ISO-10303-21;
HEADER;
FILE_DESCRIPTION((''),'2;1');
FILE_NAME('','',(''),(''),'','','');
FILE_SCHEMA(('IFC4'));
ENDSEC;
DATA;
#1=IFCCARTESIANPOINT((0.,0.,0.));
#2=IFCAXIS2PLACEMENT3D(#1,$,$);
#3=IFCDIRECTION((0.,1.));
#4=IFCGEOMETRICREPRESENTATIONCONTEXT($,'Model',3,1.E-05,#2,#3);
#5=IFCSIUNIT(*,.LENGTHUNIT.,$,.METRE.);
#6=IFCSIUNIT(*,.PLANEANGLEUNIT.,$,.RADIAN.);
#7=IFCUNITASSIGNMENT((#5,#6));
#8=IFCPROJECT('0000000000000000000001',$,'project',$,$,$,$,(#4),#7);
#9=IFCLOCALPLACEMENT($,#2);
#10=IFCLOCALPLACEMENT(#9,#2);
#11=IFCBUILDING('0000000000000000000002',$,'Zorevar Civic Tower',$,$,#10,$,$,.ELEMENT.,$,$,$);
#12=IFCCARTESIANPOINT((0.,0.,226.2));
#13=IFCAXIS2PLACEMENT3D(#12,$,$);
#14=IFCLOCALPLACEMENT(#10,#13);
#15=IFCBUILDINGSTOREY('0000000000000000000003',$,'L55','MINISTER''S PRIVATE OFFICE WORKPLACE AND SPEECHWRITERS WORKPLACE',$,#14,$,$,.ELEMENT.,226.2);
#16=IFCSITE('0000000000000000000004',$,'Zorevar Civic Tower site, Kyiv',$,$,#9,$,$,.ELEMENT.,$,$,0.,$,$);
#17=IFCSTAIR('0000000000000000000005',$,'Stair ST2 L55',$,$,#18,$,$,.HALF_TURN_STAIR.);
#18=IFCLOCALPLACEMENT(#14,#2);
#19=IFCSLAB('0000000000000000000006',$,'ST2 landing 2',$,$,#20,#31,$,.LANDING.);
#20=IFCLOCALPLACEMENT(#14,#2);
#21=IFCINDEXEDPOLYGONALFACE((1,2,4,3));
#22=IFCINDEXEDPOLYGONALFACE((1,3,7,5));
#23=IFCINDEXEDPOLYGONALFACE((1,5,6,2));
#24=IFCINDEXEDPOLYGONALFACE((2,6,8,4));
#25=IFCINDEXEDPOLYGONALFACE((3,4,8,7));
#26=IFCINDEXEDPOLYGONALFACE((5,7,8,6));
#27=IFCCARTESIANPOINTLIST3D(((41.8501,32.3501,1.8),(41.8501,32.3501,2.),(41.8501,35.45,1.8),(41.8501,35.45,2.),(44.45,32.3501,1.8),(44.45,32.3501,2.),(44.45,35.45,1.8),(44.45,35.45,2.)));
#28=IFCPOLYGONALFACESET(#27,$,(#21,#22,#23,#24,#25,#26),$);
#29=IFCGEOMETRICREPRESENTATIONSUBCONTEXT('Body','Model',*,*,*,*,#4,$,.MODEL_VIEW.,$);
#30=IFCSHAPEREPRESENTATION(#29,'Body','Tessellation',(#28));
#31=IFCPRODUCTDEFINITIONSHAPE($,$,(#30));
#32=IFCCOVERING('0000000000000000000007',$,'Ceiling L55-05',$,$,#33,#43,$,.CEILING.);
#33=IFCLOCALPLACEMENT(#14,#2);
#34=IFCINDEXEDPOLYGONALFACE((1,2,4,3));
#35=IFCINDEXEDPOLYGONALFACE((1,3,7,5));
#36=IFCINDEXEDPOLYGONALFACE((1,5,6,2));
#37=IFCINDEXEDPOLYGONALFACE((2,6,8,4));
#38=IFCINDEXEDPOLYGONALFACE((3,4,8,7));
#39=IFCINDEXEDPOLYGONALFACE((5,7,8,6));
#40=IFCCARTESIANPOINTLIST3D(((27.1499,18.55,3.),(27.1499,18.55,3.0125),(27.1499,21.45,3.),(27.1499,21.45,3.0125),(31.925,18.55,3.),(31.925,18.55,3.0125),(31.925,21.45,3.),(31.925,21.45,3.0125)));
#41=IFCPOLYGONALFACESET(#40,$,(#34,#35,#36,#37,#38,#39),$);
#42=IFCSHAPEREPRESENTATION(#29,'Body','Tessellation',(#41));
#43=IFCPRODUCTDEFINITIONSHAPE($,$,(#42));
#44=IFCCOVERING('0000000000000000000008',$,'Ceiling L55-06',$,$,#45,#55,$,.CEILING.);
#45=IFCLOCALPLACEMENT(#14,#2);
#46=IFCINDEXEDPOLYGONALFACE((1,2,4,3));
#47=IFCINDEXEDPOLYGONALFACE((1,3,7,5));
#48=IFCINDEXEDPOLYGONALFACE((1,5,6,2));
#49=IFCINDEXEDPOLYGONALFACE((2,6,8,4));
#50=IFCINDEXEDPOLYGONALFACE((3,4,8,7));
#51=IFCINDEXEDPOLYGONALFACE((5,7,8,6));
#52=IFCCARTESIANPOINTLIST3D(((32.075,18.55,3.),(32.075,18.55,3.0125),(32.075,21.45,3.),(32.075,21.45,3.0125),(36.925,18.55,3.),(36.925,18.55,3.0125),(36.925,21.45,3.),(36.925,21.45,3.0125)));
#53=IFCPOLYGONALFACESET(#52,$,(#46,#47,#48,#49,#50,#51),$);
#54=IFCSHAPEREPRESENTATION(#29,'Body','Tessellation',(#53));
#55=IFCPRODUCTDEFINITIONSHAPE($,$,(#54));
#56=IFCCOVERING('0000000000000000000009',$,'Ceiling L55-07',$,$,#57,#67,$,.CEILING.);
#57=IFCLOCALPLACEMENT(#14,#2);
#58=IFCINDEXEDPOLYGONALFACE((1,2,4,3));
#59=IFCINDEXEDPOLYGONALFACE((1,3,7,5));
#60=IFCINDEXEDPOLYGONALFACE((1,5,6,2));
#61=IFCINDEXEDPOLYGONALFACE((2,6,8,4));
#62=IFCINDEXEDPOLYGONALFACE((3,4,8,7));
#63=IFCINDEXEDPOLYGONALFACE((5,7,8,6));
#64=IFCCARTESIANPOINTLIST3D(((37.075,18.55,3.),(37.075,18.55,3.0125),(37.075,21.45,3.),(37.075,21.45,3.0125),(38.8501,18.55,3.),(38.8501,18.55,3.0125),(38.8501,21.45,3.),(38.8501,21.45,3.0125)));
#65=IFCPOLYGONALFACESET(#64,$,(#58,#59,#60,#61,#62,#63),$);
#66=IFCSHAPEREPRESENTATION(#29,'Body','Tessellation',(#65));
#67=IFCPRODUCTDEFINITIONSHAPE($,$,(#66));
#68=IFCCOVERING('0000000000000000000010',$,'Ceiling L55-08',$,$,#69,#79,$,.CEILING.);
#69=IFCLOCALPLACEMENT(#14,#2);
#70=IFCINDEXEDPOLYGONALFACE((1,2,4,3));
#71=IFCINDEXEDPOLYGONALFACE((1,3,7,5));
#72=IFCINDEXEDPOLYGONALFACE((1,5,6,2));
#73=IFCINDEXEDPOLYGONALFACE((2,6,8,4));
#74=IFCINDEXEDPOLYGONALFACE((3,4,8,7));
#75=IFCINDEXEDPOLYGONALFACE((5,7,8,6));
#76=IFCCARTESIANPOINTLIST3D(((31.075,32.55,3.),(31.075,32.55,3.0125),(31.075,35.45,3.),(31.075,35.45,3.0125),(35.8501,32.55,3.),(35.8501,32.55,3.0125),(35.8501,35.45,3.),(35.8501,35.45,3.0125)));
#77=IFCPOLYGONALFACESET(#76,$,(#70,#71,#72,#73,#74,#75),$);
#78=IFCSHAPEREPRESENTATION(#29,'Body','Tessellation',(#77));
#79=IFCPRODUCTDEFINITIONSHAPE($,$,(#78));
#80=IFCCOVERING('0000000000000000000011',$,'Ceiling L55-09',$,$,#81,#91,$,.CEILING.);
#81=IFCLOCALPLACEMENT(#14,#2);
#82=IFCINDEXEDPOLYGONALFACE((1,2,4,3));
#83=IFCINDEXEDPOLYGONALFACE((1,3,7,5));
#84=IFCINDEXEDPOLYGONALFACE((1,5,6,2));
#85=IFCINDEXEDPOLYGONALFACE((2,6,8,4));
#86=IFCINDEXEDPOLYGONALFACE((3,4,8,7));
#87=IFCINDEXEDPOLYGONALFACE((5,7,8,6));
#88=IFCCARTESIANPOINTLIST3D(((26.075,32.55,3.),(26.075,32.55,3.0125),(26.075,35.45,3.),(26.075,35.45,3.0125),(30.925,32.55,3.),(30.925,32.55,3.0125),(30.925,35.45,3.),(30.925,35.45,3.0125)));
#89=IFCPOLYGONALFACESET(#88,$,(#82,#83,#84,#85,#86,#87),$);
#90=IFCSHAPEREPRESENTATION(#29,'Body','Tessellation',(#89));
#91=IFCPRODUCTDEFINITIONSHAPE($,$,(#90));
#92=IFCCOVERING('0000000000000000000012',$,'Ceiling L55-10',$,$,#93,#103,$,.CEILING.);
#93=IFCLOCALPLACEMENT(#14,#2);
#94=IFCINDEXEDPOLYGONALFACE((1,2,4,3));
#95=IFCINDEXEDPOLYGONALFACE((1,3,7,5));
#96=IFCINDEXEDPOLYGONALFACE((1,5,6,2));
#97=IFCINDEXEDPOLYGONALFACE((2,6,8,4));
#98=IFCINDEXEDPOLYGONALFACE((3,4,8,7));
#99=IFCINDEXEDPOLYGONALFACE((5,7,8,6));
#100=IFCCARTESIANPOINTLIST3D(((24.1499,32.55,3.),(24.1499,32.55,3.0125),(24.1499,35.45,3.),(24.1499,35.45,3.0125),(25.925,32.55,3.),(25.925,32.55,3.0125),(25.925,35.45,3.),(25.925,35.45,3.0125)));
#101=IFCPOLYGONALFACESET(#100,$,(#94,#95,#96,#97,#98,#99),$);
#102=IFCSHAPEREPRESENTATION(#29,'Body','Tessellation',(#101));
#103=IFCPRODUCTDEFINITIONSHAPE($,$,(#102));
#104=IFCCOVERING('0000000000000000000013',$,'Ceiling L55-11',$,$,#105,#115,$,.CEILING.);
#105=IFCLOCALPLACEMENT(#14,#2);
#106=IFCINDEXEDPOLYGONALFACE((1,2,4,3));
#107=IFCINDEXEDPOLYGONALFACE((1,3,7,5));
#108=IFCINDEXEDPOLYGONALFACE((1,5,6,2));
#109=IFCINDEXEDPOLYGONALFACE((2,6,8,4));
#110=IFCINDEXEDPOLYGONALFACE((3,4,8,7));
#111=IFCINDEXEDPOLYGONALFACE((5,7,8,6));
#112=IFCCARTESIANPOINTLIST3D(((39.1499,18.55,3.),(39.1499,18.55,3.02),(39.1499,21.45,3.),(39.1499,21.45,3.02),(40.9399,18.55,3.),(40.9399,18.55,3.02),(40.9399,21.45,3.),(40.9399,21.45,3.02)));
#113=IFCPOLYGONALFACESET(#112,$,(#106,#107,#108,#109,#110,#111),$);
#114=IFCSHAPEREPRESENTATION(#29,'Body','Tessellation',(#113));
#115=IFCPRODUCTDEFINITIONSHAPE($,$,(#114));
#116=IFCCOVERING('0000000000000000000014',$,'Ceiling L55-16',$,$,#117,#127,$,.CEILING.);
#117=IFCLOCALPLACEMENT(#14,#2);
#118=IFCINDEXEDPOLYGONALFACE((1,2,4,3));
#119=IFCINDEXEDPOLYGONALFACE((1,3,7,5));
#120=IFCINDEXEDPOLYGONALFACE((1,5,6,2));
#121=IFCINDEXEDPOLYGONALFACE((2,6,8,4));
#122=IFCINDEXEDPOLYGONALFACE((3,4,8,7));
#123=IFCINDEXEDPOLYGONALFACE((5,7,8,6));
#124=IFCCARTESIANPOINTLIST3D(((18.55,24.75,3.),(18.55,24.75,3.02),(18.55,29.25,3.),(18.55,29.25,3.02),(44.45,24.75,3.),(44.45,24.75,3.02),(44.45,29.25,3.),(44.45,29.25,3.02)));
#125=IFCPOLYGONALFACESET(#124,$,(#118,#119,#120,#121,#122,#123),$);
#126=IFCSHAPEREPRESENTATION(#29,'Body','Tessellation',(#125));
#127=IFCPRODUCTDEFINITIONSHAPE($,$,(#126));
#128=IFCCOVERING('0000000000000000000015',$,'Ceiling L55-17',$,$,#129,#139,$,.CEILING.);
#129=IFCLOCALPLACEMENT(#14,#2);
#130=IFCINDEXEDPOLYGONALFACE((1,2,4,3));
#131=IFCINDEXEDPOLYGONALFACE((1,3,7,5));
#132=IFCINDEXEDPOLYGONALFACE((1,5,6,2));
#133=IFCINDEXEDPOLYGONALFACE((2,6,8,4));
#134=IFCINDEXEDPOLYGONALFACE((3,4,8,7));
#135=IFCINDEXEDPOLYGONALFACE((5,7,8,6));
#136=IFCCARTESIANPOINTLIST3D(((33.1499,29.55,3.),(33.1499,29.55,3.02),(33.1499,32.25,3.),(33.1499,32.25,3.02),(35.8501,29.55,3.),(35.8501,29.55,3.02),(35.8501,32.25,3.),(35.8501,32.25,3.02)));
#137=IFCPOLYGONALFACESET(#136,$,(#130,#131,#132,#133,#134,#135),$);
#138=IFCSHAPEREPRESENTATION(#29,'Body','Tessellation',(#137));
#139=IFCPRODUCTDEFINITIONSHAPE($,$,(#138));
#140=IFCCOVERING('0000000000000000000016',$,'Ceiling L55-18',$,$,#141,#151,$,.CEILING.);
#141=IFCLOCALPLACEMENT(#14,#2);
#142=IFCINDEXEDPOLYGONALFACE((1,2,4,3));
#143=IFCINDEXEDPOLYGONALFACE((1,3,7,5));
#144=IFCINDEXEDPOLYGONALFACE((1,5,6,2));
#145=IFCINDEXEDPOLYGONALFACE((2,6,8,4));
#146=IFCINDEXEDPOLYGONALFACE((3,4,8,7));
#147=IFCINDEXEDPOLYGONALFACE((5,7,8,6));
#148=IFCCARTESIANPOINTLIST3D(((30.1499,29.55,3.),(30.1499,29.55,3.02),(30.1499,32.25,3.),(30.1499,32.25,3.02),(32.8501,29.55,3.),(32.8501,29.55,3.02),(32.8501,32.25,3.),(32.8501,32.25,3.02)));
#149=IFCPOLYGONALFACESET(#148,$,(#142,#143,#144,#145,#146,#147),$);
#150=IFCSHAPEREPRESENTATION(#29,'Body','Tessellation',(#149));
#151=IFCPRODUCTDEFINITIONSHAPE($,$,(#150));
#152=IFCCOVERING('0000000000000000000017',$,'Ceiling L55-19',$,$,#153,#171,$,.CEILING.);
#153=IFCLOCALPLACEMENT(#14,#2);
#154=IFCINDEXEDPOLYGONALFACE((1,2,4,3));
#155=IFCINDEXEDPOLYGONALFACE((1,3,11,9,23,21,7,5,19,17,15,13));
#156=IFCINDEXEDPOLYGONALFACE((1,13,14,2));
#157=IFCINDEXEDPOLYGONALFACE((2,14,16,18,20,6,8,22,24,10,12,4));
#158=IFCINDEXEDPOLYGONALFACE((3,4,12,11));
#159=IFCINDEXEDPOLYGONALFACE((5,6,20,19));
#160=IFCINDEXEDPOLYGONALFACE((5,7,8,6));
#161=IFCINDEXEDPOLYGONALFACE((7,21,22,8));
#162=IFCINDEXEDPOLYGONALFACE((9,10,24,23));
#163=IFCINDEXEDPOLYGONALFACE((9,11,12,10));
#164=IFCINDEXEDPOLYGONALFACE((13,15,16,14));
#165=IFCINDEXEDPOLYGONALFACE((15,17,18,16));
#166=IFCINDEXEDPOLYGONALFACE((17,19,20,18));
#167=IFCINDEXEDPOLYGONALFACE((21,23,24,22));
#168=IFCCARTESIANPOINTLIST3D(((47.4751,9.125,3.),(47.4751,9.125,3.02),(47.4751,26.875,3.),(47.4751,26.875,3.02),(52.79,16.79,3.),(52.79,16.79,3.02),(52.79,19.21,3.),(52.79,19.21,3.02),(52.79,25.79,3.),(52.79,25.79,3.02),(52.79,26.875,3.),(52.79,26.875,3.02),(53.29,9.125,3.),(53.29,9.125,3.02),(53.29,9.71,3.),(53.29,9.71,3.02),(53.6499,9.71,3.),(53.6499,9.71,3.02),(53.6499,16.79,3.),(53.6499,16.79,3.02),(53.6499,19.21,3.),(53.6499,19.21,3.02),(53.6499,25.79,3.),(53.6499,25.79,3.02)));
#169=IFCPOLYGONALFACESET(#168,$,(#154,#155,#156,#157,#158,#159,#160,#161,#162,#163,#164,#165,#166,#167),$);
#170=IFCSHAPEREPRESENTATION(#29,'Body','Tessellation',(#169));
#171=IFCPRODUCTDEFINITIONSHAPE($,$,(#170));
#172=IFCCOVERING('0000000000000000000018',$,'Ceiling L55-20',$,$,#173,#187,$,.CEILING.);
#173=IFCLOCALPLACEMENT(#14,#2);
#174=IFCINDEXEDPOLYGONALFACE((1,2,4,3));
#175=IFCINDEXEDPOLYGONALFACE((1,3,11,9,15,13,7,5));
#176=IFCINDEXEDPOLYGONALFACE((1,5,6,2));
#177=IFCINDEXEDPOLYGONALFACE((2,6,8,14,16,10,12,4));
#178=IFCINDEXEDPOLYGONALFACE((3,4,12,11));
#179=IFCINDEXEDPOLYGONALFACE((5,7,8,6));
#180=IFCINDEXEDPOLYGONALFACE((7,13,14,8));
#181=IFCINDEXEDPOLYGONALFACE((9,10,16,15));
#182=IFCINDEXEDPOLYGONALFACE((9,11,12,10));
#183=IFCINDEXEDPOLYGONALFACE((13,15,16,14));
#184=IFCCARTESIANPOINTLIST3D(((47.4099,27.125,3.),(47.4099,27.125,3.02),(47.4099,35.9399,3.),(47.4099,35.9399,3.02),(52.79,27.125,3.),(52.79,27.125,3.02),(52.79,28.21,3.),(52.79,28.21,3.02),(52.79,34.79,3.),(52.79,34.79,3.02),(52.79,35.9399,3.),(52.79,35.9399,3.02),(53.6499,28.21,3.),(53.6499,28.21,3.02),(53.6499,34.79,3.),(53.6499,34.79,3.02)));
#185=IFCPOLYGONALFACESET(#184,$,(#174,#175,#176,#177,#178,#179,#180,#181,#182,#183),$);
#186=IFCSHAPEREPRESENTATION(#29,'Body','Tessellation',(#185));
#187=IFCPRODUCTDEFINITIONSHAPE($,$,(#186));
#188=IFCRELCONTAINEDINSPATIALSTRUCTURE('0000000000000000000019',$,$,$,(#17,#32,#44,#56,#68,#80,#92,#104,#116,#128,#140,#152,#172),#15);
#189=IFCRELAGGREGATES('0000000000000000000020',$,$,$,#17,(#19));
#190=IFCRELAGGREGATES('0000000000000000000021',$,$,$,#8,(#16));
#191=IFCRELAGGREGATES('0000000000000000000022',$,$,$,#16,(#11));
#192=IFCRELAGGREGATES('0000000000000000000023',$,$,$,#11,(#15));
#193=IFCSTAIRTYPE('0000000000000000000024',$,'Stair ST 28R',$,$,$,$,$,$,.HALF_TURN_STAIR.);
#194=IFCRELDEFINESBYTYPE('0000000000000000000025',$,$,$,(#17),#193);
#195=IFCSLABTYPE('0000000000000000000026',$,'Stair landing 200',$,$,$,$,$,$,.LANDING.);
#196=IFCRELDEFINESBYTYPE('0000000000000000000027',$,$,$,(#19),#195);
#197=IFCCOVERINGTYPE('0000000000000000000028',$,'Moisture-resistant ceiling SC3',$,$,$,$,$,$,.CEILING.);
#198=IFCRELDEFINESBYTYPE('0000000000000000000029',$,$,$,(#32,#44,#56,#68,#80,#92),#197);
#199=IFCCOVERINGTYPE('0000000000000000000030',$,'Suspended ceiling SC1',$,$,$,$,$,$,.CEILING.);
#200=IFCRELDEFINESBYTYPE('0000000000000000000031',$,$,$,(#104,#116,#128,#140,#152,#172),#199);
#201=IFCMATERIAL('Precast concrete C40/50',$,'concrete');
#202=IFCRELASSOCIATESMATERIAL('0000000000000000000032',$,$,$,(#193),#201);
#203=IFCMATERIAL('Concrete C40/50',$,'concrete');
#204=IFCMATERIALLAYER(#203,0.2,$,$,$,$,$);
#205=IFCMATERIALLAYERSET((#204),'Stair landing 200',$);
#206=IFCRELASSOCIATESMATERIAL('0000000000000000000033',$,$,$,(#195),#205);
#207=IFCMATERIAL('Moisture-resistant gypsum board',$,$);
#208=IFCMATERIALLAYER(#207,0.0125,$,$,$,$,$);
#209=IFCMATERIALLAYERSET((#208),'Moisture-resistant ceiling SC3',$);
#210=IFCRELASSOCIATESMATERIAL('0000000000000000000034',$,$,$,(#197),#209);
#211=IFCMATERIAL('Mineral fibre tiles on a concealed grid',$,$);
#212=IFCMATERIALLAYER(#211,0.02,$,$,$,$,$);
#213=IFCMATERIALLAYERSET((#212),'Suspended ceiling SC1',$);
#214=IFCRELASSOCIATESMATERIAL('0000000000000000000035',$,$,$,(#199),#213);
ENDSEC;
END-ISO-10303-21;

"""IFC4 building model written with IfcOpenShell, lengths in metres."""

from ifc_helpers import new_model, si_unit, direction, frame, origin, place, context, subcontext, project, spatial, polyline, outline, extrude, material, layer, layer_set, type_object, element, aggregate, save


model = new_model("IFC4")

# Units and contexts
model_context = context("Model", 3, precision=1e-05, world=origin(), true_north=direction((0.0, 1.0)))
body_context = subcontext(model_context, "Body", "Model", "MODEL_VIEW")
ifc_project = project(units=[si_unit("LENGTHUNIT", "METRE"), si_unit("PLANEANGLEUNIT", "RADIAN")], contexts=[model_context])

# Site, building, storey
site_placement = place(None, origin())
site = spatial("IfcSite", under=ifc_project, at=site_placement, Name="Zorevar Civic Tower site, Kyiv", CompositionType="ELEMENT", RefElevation=0.0)
building_placement = place(site_placement, origin())
building = spatial("IfcBuilding", under=site, at=building_placement, Name="Zorevar Civic Tower", CompositionType="ELEMENT")
storey_placement = place(building_placement, frame((0.0, 0.0, 226.2)))
storey = spatial("IfcBuildingStorey", under=building, at=storey_placement, Name="L55", Description="MINISTER'S PRIVATE OFFICE WORKPLACE AND SPEECHWRITERS WORKPLACE", CompositionType="ELEMENT", Elevation=226.2)

# Stair, slab
ifc_material_1 = material(Name="Precast concrete C40/50", Category="concrete")
stair_type = type_object("IfcStairType", Name="Stair ST 28R", PredefinedType="HALF_TURN_STAIR", material=ifc_material_1)
ifc_material_2 = material(Name="Concrete C40/50", Category="concrete")
ifc_layer_1 = layer(ifc_material_2, 0.2)
ifc_layer_set_1 = layer_set([ifc_layer_1], Name="Stair landing 200")
slab_type_1 = type_object("IfcSlabType", Name="Stair landing 200", PredefinedType="LANDING", material=ifc_layer_set_1)
stair_1_placement = place(storey_placement, origin())
stair_1 = element("IfcStair", 1, at=stair_1_placement, inside=storey, type_object=stair_type, Name="Stair ST2 L55", PredefinedType="HALF_TURN_STAIR")
slab_1_placement = place(storey_placement, frame((0.0, 0.0, 1.8)))
slab_1 = element("IfcSlab", 2, at=slab_1_placement, type_object=slab_type_1, Name="ST2 landing 2", PredefinedType="LANDING", context=body_context, shape_type="SweptSolid", body=[
    extrude(outline(polyline([(44.45, 32.3501), (41.8501, 32.3501), (41.8501, 35.45), (44.45, 35.45), (44.45, 32.3501)])), origin(), (0.0, 0.0, 1.0), 0.2),
])
aggregate(stair_1, [slab_1])

# Coverings
ifc_material_3 = material(Name="Moisture-resistant gypsum board")
ifc_layer_2 = layer(ifc_material_3, 0.0125)
ifc_layer_set_2 = layer_set([ifc_layer_2], Name="Moisture-resistant ceiling SC3")
covering_type_1 = type_object("IfcCoveringType", Name="Moisture-resistant ceiling SC3", PredefinedType="CEILING", material=ifc_layer_set_2)
covering_1_placement = place(storey_placement, frame((0.0, 0.0, 3.0)))
element("IfcCovering", 3, at=covering_1_placement, inside=storey, type_object=covering_type_1, Name="Ceiling L55-05", PredefinedType="CEILING", context=body_context, shape_type="SweptSolid", body=[
    extrude(outline(polyline([(31.925, 18.55), (31.925, 21.45), (27.1499, 21.45), (27.1499, 18.55), (31.925, 18.55)])), origin(), (0.0, 0.0, 1.0), 0.0125),
])
covering_2_placement = place(storey_placement, frame((0.0, 0.0, 3.0)))
element("IfcCovering", 4, at=covering_2_placement, inside=storey, type_object=covering_type_1, Name="Ceiling L55-06", PredefinedType="CEILING", context=body_context, shape_type="SweptSolid", body=[
    extrude(outline(polyline([(36.925, 18.55), (36.925, 21.45), (32.075, 21.45), (32.075, 18.55), (36.925, 18.55)])), origin(), (0.0, 0.0, 1.0), 0.0125),
])
covering_3_placement = place(storey_placement, frame((0.0, 0.0, 3.0)))
element("IfcCovering", 5, at=covering_3_placement, inside=storey, type_object=covering_type_1, Name="Ceiling L55-07", PredefinedType="CEILING", context=body_context, shape_type="SweptSolid", body=[
    extrude(outline(polyline([(38.8501, 18.55), (38.8501, 21.45), (37.075, 21.45), (37.075, 18.55), (38.8501, 18.55)])), origin(), (0.0, 0.0, 1.0), 0.0125),
])
covering_4_placement = place(storey_placement, frame((0.0, 0.0, 3.0)))
element("IfcCovering", 6, at=covering_4_placement, inside=storey, type_object=covering_type_1, Name="Ceiling L55-08", PredefinedType="CEILING", context=body_context, shape_type="SweptSolid", body=[
    extrude(outline(polyline([(35.8501, 32.55), (35.8501, 35.45), (31.075, 35.45), (31.075, 32.55), (35.8501, 32.55)])), origin(), (0.0, 0.0, 1.0), 0.0125),
])
covering_5_placement = place(storey_placement, frame((0.0, 0.0, 3.0)))
element("IfcCovering", 7, at=covering_5_placement, inside=storey, type_object=covering_type_1, Name="Ceiling L55-09", PredefinedType="CEILING", context=body_context, shape_type="SweptSolid", body=[
    extrude(outline(polyline([(30.925, 32.55), (30.925, 35.45), (26.075, 35.45), (26.075, 32.55), (30.925, 32.55)])), origin(), (0.0, 0.0, 1.0), 0.0125),
])
covering_6_placement = place(storey_placement, frame((0.0, 0.0, 3.0)))
element("IfcCovering", 8, at=covering_6_placement, inside=storey, type_object=covering_type_1, Name="Ceiling L55-10", PredefinedType="CEILING", context=body_context, shape_type="SweptSolid", body=[
    extrude(outline(polyline([(25.925, 32.55), (25.925, 35.45), (24.1499, 35.45), (24.1499, 32.55), (25.925, 32.55)])), origin(), (0.0, 0.0, 1.0), 0.0125),
])
ifc_material_4 = material(Name="Mineral fibre tiles on a concealed grid")
ifc_layer_3 = layer(ifc_material_4, 0.02)
ifc_layer_set_3 = layer_set([ifc_layer_3], Name="Suspended ceiling SC1")
covering_type_2 = type_object("IfcCoveringType", Name="Suspended ceiling SC1", PredefinedType="CEILING", material=ifc_layer_set_3)
covering_7_placement = place(storey_placement, frame((0.0, 0.0, 3.0)))
element("IfcCovering", 9, at=covering_7_placement, inside=storey, type_object=covering_type_2, Name="Ceiling L55-11", PredefinedType="CEILING", context=body_context, shape_type="SweptSolid", body=[
    extrude(outline(polyline([(40.9399, 18.55), (40.9399, 21.45), (39.1499, 21.45), (39.1499, 18.55), (40.9399, 18.55)])), origin(), (0.0, 0.0, 1.0), 0.02),
])
covering_8_placement = place(storey_placement, frame((0.0, 0.0, 3.0)))
element("IfcCovering", 10, at=covering_8_placement, inside=storey, type_object=covering_type_2, Name="Ceiling L55-16", PredefinedType="CEILING", context=body_context, shape_type="SweptSolid", body=[
    extrude(outline(polyline([(44.45, 24.75), (44.45, 29.25), (18.55, 29.25), (18.55, 24.75), (44.45, 24.75)])), origin(), (0.0, 0.0, 1.0), 0.02),
])
covering_9_placement = place(storey_placement, frame((0.0, 0.0, 3.0)))
element("IfcCovering", 11, at=covering_9_placement, inside=storey, type_object=covering_type_2, Name="Ceiling L55-17", PredefinedType="CEILING", context=body_context, shape_type="SweptSolid", body=[
    extrude(outline(polyline([(35.8501, 29.55), (35.8501, 32.25), (33.1499, 32.25), (33.1499, 29.55), (35.8501, 29.55)])), origin(), (0.0, 0.0, 1.0), 0.02),
])
covering_10_placement = place(storey_placement, frame((0.0, 0.0, 3.0)))
element("IfcCovering", 12, at=covering_10_placement, inside=storey, type_object=covering_type_2, Name="Ceiling L55-18", PredefinedType="CEILING", context=body_context, shape_type="SweptSolid", body=[
    extrude(outline(polyline([(32.8501, 29.55), (32.8501, 32.25), (30.1499, 32.25), (30.1499, 29.55), (32.8501, 29.55)])), origin(), (0.0, 0.0, 1.0), 0.02),
])
covering_11_placement = place(storey_placement, frame((0.0, 0.0, 3.0)))
element("IfcCovering", 13, at=covering_11_placement, inside=storey, type_object=covering_type_2, Name="Ceiling L55-19", PredefinedType="CEILING", context=body_context, shape_type="SweptSolid", body=[
    extrude(outline(polyline([(53.6499, 19.21), (52.79, 19.21), (52.79, 16.79), (53.6499, 16.79), (53.6499, 9.71), (53.29, 9.71), (53.29, 9.125), (47.4751, 9.125), (47.4751, 26.875), (52.79, 26.875), (52.79, 25.79), (53.6499, 25.79), (53.6499, 19.21)])), origin(), (0.0, 0.0, 1.0), 0.02),
])
covering_12_placement = place(storey_placement, frame((0.0, 0.0, 3.0)))
element("IfcCovering", 14, at=covering_12_placement, inside=storey, type_object=covering_type_2, Name="Ceiling L55-20", PredefinedType="CEILING", context=body_context, shape_type="SweptSolid", body=[
    extrude(outline(polyline([(53.6499, 28.21), (52.79, 28.21), (52.79, 27.125), (47.4099, 27.125), (47.4099, 35.9399), (52.79, 35.9399), (52.79, 34.79), (53.6499, 34.79), (53.6499, 28.21)])), origin(), (0.0, 0.0, 1.0), 0.02),
])

save(model, "model.ifc")
